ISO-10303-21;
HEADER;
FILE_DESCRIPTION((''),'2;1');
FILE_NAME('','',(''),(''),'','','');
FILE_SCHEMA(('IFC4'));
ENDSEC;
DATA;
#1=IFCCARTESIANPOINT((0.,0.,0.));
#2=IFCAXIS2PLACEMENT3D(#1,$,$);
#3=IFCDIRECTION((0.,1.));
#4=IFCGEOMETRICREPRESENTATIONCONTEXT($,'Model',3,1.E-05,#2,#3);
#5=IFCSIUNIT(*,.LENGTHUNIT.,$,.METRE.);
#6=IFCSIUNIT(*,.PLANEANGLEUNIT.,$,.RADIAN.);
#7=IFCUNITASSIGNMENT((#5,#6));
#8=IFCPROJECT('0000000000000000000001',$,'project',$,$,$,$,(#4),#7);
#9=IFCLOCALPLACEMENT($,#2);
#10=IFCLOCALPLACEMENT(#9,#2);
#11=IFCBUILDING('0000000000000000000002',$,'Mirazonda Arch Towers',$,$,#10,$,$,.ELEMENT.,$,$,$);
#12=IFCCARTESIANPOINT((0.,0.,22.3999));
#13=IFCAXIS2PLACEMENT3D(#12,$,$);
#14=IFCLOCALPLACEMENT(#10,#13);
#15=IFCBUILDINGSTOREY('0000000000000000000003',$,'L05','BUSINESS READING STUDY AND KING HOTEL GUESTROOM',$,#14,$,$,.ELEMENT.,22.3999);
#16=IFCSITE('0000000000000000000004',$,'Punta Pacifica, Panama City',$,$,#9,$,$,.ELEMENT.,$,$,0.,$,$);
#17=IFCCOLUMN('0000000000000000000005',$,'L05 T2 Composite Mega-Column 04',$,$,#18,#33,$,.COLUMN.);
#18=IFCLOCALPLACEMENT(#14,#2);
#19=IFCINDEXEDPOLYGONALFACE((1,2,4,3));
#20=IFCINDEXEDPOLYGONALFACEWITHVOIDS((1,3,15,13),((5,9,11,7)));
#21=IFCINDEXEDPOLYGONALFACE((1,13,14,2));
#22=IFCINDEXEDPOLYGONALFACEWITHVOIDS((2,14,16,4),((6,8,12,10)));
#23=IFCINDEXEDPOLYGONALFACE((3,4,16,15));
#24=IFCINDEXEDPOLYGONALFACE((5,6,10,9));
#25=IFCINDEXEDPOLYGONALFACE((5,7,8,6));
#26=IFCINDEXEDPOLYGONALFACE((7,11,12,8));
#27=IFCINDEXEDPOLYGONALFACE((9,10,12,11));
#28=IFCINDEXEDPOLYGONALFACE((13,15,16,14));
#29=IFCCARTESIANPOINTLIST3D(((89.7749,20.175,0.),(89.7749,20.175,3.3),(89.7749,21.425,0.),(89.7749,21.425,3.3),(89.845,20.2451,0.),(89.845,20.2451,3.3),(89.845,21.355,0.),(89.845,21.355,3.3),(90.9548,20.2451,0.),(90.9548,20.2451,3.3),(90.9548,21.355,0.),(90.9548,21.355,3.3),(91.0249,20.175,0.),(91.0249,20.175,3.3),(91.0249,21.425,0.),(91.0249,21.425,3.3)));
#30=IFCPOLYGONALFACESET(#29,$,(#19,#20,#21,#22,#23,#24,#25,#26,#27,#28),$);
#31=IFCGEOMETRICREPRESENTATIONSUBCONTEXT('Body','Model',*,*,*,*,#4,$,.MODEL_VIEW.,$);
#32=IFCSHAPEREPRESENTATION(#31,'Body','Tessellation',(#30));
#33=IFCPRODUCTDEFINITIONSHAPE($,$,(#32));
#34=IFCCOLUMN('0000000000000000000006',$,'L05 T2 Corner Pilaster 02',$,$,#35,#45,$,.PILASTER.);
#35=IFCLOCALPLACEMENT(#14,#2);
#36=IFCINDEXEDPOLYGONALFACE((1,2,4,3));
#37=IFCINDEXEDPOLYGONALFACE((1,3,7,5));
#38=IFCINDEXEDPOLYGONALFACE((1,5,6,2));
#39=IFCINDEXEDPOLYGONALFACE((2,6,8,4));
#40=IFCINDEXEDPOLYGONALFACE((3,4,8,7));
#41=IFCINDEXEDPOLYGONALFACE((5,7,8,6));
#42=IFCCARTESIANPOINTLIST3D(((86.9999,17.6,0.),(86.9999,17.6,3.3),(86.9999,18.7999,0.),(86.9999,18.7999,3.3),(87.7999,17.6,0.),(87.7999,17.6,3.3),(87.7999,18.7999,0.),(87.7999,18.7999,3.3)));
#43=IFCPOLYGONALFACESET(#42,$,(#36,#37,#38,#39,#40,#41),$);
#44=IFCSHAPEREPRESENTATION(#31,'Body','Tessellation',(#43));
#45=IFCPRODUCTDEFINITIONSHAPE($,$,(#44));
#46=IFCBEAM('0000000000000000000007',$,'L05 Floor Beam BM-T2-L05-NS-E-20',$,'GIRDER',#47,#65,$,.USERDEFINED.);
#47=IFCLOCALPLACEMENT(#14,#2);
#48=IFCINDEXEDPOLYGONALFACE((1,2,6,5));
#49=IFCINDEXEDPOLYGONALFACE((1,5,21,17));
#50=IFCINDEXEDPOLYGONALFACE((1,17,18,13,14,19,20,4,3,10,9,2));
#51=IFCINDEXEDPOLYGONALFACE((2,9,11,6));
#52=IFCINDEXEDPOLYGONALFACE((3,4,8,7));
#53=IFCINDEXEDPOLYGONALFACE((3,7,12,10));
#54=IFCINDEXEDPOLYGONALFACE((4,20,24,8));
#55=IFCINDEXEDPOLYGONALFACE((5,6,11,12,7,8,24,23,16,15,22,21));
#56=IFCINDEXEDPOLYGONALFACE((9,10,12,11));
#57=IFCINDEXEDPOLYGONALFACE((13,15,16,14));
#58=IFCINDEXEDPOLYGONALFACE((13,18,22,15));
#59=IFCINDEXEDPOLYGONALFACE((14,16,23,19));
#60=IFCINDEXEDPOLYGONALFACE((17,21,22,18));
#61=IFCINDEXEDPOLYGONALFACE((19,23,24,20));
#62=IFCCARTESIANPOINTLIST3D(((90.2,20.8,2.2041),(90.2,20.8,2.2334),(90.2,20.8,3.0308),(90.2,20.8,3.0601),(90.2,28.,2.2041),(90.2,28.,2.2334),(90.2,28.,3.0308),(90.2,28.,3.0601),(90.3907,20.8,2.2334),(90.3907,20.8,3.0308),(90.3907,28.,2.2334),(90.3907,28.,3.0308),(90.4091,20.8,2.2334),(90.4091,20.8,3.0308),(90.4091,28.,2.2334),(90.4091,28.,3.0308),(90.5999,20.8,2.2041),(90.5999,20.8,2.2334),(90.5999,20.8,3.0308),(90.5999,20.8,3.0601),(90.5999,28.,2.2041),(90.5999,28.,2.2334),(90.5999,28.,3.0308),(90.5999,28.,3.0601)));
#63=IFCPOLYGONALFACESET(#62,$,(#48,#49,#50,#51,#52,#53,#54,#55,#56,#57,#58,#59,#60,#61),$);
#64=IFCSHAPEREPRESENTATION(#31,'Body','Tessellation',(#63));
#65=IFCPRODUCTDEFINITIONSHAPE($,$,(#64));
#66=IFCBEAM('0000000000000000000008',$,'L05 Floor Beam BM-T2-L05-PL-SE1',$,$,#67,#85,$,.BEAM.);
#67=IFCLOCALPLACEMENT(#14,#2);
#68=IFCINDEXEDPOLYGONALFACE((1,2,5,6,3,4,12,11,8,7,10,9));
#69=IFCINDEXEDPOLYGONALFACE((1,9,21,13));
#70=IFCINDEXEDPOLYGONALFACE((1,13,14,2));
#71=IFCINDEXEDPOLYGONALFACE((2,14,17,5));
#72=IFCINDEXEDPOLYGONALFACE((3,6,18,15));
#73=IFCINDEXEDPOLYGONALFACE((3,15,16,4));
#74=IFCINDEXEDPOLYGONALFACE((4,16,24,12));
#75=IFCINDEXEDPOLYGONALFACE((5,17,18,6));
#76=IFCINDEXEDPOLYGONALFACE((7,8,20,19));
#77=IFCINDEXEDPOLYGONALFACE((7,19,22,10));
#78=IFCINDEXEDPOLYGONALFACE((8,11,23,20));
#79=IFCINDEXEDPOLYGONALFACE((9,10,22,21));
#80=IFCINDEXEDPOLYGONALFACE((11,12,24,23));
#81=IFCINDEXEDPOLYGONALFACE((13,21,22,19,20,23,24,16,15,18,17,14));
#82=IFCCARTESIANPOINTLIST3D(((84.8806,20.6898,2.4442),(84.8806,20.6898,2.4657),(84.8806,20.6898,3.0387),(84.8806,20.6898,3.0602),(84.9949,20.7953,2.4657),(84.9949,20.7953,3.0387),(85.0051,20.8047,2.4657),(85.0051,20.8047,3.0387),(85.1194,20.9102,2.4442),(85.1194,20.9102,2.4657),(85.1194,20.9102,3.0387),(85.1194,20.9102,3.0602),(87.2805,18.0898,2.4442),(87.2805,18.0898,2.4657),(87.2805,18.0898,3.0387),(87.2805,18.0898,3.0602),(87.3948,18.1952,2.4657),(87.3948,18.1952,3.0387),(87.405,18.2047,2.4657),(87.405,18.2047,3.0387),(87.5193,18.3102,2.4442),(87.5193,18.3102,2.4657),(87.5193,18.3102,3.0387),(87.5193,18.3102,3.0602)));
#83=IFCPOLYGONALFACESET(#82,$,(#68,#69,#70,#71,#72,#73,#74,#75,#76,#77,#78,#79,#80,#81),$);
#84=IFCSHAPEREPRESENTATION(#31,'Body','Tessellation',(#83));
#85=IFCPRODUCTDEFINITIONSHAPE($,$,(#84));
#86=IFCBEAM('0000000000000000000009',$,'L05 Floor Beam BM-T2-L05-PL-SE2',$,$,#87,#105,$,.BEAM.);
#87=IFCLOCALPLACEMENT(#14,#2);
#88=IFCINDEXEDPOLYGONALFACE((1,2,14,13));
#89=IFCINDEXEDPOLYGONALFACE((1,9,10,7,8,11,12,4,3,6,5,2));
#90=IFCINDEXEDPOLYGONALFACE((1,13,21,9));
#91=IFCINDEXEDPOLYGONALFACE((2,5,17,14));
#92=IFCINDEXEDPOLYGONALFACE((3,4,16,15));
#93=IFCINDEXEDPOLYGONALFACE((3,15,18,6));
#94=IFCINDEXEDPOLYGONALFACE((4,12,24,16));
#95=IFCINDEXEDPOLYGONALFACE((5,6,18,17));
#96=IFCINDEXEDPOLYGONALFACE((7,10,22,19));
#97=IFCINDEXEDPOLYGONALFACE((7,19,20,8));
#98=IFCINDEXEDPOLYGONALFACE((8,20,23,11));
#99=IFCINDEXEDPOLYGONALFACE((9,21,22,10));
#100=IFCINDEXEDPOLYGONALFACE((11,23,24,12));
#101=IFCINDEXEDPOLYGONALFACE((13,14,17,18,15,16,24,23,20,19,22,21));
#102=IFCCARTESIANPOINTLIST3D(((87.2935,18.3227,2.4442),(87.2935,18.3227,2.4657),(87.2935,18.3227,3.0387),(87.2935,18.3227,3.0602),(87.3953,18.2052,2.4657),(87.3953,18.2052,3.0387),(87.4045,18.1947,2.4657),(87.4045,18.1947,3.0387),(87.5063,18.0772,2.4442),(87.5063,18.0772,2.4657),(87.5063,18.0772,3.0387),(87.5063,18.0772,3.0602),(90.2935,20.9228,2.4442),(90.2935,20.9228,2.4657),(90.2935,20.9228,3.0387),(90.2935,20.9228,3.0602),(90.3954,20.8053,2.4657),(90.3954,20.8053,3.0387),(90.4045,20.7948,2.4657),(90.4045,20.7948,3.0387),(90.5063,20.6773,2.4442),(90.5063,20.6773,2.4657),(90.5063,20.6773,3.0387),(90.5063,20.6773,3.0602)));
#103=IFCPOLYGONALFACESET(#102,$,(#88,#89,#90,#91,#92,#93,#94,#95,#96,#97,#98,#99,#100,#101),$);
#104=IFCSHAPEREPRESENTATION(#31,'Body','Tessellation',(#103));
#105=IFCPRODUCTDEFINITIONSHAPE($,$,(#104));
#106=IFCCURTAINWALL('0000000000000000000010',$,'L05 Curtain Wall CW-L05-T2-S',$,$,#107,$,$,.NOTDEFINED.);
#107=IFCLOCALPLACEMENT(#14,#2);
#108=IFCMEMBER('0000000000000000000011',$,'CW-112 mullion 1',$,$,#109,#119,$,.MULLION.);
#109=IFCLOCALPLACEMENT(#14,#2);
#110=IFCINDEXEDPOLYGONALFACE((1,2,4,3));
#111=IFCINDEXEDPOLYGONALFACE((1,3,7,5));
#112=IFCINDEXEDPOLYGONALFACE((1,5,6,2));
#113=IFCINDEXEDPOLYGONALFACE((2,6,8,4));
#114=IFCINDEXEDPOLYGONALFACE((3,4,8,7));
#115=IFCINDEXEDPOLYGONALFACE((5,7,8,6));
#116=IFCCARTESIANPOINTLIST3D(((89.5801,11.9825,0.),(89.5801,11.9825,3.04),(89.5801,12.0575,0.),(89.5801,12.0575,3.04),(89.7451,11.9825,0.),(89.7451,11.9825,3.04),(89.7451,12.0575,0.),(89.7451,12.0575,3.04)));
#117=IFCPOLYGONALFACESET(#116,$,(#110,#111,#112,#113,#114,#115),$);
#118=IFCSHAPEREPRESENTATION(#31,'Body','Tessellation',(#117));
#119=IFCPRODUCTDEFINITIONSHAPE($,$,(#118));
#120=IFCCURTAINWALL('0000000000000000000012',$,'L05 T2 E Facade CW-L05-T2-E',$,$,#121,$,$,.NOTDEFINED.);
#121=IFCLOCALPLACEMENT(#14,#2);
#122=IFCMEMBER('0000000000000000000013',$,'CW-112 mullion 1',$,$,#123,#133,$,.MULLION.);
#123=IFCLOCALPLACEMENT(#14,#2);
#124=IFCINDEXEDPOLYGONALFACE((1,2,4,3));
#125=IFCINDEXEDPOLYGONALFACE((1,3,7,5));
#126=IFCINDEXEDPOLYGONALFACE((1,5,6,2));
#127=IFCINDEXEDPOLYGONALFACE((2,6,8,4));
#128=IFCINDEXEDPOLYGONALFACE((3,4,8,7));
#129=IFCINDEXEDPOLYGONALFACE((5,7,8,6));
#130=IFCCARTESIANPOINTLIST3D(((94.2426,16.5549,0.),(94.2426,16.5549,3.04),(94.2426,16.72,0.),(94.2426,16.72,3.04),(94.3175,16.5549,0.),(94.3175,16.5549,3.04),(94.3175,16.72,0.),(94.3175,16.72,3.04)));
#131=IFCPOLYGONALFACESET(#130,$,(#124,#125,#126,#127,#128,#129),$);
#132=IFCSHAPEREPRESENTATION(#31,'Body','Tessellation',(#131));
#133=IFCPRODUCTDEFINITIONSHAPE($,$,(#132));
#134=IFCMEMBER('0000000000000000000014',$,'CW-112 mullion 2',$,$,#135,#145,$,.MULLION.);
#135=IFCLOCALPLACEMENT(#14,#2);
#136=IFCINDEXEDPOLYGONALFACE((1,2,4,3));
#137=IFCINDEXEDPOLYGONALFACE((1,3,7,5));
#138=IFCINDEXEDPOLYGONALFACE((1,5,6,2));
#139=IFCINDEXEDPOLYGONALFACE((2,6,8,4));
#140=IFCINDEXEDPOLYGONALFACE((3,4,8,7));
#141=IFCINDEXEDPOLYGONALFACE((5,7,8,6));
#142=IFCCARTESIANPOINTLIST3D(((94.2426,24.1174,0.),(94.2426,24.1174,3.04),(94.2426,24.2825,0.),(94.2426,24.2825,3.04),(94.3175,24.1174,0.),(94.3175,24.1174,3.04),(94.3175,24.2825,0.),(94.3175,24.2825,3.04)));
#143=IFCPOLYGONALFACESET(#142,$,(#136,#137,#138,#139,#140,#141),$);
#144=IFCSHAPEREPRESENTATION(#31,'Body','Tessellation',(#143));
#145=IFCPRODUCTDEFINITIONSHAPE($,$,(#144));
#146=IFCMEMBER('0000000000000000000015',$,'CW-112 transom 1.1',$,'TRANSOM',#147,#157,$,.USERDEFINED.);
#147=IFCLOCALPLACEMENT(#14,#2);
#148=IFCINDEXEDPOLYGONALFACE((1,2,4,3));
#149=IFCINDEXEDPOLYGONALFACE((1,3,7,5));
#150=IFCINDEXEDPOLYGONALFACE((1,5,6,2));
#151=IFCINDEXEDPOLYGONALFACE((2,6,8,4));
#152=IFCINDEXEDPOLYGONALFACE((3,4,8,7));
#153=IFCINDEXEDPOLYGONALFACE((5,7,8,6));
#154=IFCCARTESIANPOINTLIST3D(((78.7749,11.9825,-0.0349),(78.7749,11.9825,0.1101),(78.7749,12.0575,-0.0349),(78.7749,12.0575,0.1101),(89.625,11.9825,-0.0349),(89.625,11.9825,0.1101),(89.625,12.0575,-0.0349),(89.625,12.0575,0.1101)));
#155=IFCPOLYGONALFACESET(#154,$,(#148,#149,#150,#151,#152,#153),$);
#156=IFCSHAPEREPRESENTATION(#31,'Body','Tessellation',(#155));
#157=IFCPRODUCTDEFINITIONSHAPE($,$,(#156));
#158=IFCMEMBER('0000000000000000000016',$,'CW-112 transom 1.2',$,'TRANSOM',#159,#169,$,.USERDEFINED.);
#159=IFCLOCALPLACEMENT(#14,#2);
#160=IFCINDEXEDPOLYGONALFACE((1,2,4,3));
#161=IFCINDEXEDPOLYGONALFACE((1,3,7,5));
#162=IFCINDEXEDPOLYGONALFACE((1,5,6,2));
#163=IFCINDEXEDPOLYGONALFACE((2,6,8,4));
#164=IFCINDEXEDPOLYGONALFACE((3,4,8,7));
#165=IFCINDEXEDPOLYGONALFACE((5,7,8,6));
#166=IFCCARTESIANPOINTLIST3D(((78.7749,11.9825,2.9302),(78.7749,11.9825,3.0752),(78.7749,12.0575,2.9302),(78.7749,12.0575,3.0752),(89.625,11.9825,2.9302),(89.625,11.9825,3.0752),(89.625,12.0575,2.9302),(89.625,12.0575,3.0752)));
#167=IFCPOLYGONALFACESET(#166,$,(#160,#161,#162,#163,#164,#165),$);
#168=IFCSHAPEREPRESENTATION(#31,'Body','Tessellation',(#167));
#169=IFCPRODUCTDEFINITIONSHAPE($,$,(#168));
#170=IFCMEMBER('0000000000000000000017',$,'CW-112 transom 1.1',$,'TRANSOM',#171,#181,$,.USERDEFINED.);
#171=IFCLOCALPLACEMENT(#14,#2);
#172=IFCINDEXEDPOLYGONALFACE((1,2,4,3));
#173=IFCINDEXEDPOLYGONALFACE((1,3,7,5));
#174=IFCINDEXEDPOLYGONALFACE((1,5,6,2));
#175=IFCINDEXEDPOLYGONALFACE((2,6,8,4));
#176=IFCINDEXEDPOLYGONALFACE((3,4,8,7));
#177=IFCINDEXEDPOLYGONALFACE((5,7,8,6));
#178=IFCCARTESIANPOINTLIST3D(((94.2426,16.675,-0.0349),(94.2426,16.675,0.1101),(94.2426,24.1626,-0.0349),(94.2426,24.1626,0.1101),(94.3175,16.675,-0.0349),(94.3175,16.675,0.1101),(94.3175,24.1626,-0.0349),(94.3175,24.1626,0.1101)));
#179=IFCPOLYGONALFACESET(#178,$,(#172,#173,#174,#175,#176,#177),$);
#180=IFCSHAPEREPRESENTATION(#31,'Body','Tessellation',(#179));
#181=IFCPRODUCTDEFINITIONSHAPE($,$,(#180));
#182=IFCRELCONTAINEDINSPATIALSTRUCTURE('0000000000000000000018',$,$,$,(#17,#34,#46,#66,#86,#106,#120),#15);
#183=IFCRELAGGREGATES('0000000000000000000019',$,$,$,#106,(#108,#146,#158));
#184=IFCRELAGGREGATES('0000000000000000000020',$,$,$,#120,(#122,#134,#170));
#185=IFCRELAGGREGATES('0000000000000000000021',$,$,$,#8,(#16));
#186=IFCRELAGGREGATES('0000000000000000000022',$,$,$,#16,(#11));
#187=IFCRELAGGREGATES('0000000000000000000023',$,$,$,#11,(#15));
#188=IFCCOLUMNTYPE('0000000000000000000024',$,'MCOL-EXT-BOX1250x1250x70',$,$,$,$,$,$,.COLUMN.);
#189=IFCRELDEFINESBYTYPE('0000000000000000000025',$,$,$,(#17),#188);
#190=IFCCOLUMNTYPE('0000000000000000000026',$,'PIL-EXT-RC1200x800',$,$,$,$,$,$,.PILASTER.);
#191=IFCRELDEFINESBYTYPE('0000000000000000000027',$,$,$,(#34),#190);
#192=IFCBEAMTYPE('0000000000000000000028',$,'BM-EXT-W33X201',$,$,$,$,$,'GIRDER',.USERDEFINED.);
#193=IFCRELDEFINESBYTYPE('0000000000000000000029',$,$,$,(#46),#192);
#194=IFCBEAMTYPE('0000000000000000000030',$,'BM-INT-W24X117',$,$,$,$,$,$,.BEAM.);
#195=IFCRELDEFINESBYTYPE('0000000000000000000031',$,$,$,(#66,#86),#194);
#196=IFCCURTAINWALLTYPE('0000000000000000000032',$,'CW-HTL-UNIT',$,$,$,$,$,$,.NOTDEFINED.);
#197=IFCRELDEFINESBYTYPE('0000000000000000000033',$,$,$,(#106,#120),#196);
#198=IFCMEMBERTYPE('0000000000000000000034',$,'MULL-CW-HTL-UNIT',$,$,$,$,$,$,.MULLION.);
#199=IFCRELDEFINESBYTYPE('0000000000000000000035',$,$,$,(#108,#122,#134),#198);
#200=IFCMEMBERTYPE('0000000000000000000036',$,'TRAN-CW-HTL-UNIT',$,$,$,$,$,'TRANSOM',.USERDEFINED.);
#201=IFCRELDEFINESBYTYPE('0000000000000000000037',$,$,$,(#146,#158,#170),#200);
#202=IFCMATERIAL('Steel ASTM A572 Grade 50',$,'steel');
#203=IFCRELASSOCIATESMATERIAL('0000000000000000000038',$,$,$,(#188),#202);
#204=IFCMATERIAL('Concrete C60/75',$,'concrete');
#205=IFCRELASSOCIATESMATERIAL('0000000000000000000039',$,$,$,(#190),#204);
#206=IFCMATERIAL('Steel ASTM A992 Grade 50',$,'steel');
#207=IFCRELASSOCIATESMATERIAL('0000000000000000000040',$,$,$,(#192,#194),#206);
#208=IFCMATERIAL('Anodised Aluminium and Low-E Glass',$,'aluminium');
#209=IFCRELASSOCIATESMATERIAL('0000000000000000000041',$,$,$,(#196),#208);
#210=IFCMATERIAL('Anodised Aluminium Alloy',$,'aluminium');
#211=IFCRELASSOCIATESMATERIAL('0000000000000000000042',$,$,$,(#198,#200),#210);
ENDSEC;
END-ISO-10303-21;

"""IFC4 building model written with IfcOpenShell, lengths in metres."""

from ifc_helpers import new_model, si_unit, direction, frame, origin, origin_2d, place, context, subcontext, project, spatial, rectangle, hollow_rectangle, i_section, extrude, material, material_profile, profile_set, type_object, element, aggregate, save


model = new_model("IFC4")

# Units and contexts
model_context = context("Model", 3, precision=1e-05, world=origin(), true_north=direction((0.0, 1.0)))
body_context = subcontext(model_context, "Body", "Model", "MODEL_VIEW")
ifc_project = project(units=[si_unit("LENGTHUNIT", "METRE"), si_unit("PLANEANGLEUNIT", "RADIAN")], contexts=[model_context])

# Site, building, storey
site_placement = place(None, origin())
site = spatial("IfcSite", under=ifc_project, at=site_placement, Name="Punta Pacifica, Panama City", CompositionType="ELEMENT", RefElevation=0.0)
building_placement = place(site_placement, origin())
building = spatial("IfcBuilding", under=site, at=building_placement, Name="Mirazonda Arch Towers", CompositionType="ELEMENT")
storey_placement = place(building_placement, frame((0.0, 0.0, 22.3999)))
storey = spatial("IfcBuildingStorey", under=building, at=storey_placement, Name="L05", Description="BUSINESS READING STUDY AND KING HOTEL GUESTROOM", CompositionType="ELEMENT", Elevation=22.3999)

# Columns
ifc_material_1 = material(Name="Steel ASTM A572 Grade 50", Category="steel")
ifc_material_profile_1 = material_profile(ifc_material_1, hollow_rectangle(XDim=1.25, YDim=1.25, WallThickness=0.0701, at=origin_2d()), Name="BOX1250x1250x70")
ifc_profile_set_1 = profile_set([ifc_material_profile_1], Name="Steel ASTM A572 Grade 50")
column_type_1 = type_object("IfcColumnType", Name="MCOL-EXT-BOX1250x1250x70", PredefinedType="COLUMN", material=ifc_profile_set_1)
column_1_placement = place(storey_placement, frame((90.3999, 20.8, 0.0), z_axis=(0.0, 0.0, 1.0), x_axis=(1.0, 0.0, 0.0)))
element("IfcColumn", 1, at=column_1_placement, inside=storey, type_object=column_type_1, Name="L05 T2 Composite Mega-Column 04", PredefinedType="COLUMN", context=body_context, shape_type="SweptSolid", body=[
    extrude(hollow_rectangle(XDim=1.25, YDim=1.25, WallThickness=0.0701, at=origin_2d()), origin(), (0.0, 0.0, 1.0), 3.3),
])
ifc_material_2 = material(Name="Concrete C60/75", Category="concrete")
ifc_material_profile_2 = material_profile(ifc_material_2, rectangle(XDim=0.8, YDim=1.2, at=origin_2d()), Name="RC1200x800")
ifc_profile_set_2 = profile_set([ifc_material_profile_2], Name="Concrete C60/75")
column_type_2 = type_object("IfcColumnType", Name="PIL-EXT-RC1200x800", PredefinedType="PILASTER", material=ifc_profile_set_2)
column_2_placement = place(storey_placement, frame((87.3999, 18.2, 0.0), z_axis=(0.0, 0.0, 1.0), x_axis=(1.0, 0.0, 0.0)))
element("IfcColumn", 2, at=column_2_placement, inside=storey, type_object=column_type_2, Name="L05 T2 Corner Pilaster 02", PredefinedType="PILASTER", context=body_context, shape_type="SweptSolid", body=[
    extrude(rectangle(XDim=0.8, YDim=1.2, at=origin_2d()), origin(), (0.0, 0.0, 1.0), 3.3),
])

# Beams
ifc_material_3 = material(Name="Steel ASTM A992 Grade 50", Category="steel")
ifc_material_profile_3 = material_profile(ifc_material_3, i_section(OverallWidth=0.3999, OverallDepth=0.856, WebThickness=0.0183, FlangeThickness=0.0293, at=origin_2d()), Name="W33X201")
ifc_profile_set_3 = profile_set([ifc_material_profile_3], Name="Steel ASTM A992 Grade 50")
beam_type_1 = type_object("IfcBeamType", Name="BM-EXT-W33X201", ElementType="GIRDER", PredefinedType="USERDEFINED", material=ifc_profile_set_3)
beam_1_placement = place(storey_placement, frame((90.3999, 20.8, 2.6321), z_axis=(0.0, 1.0, 0.0), x_axis=(-1.0, 0.0, 0.0)))
element("IfcBeam", 3, at=beam_1_placement, inside=storey, type_object=beam_type_1, Name="L05 Floor Beam BM-T2-L05-NS-E-20", ObjectType="GIRDER", PredefinedType="USERDEFINED", context=body_context, shape_type="SweptSolid", body=[
    extrude(i_section(OverallWidth=0.3999, OverallDepth=0.856, WebThickness=0.0183, FlangeThickness=0.0293, at=origin_2d()), origin(), (0.0, 0.0, 1.0), 7.2),
])
ifc_material_profile_4 = material_profile(ifc_material_3, i_section(OverallWidth=0.325, OverallDepth=0.616, WebThickness=0.0139, FlangeThickness=0.0215, at=origin_2d()), Name="W24X117")
ifc_profile_set_4 = profile_set([ifc_material_profile_4], Name="Steel ASTM A992 Grade 50")
beam_type_2 = type_object("IfcBeamType", Name="BM-INT-W24X117", PredefinedType="BEAM", material=ifc_profile_set_4)
beam_2_placement = place(storey_placement, frame((87.3999, 18.2, 2.7522), z_axis=(-0.678251, 0.73483, 0.0), x_axis=(-0.73483, -0.678251, 0.0)))
element("IfcBeam", 4, at=beam_2_placement, inside=storey, type_object=beam_type_2, Name="L05 Floor Beam BM-T2-L05-PL-SE1", PredefinedType="BEAM", context=body_context, shape_type="SweptSolid", body=[
    extrude(i_section(OverallWidth=0.325, OverallDepth=0.616, WebThickness=0.0139, FlangeThickness=0.0215, at=origin_2d()), origin(), (0.0, 0.0, 1.0), 3.5383),
])
beam_3_placement = place(storey_placement, frame((87.3999, 18.2, 2.7522), z_axis=(0.755677, 0.654945, 0.0), x_axis=(-0.654945, 0.755677, 0.0)))
element("IfcBeam", 5, at=beam_3_placement, inside=storey, type_object=beam_type_2, Name="L05 Floor Beam BM-T2-L05-PL-SE2", PredefinedType="BEAM", context=body_context, shape_type="SweptSolid", body=[
    extrude(i_section(OverallWidth=0.325, OverallDepth=0.616, WebThickness=0.0139, FlangeThickness=0.0215, at=origin_2d()), origin(), (0.0, 0.0, 1.0), 3.97),
])

# Curtain wall, member
ifc_material_4 = material(Name="Anodised Aluminium and Low-E Glass", Category="aluminium")
curtain_wall_type = type_object("IfcCurtainWallType", Name="CW-HTL-UNIT", PredefinedType="NOTDEFINED", material=ifc_material_4)
curtain_wall_1_placement = place(storey_placement, origin())
curtain_wall_1 = element("IfcCurtainWall", 6, at=curtain_wall_1_placement, inside=storey, type_object=curtain_wall_type, Name="L05 Curtain Wall CW-L05-T2-S", PredefinedType="NOTDEFINED")
ifc_material_5 = material(Name="Anodised Aluminium Alloy", Category="aluminium")
ifc_material_profile_5 = material_profile(ifc_material_5, rectangle(XDim=0.075, YDim=0.165, at=origin_2d()), Name="ALU-MULL-75x165")
ifc_profile_set_5 = profile_set([ifc_material_profile_5], Name="Anodised Aluminium Alloy")
member_type_1 = type_object("IfcMemberType", Name="MULL-CW-HTL-UNIT", PredefinedType="MULLION", material=ifc_profile_set_5)
member_1_placement = place(storey_placement, frame((89.6626, 12.02, 0.0), z_axis=(0.0, 0.0, 1.0), x_axis=(0.0, -1.0, 0.0)))
member_1 = element("IfcMember", 7, at=member_1_placement, type_object=member_type_1, Name="CW-112 mullion 1", PredefinedType="MULLION", context=body_context, shape_type="SweptSolid", body=[
    extrude(rectangle(XDim=0.075, YDim=0.165, at=origin_2d()), origin(), (0.0, 0.0, 1.0), 3.04),
])

# Curtain wall, members
curtain_wall_2_placement = place(storey_placement, origin())
curtain_wall_2 = element("IfcCurtainWall", 8, at=curtain_wall_2_placement, inside=storey, type_object=curtain_wall_type, Name="L05 T2 E Facade CW-L05-T2-E", PredefinedType="NOTDEFINED")
member_2_placement = place(storey_placement, frame((94.28, 16.6375, 0.0), z_axis=(0.0, 0.0, 1.0), x_axis=(-1.0, 0.0, 0.0)))
member_2 = element("IfcMember", 9, at=member_2_placement, type_object=member_type_1, Name="CW-112 mullion 1", PredefinedType="MULLION", context=body_context, shape_type="SweptSolid", body=[
    extrude(rectangle(XDim=0.075, YDim=0.165, at=origin_2d()), origin(), (0.0, 0.0, 1.0), 3.04),
])
member_3_placement = place(storey_placement, frame((94.28, 24.2, 0.0), z_axis=(0.0, 0.0, 1.0), x_axis=(-1.0, 0.0, 0.0)))
member_3 = element("IfcMember", 10, at=member_3_placement, type_object=member_type_1, Name="CW-112 mullion 2", PredefinedType="MULLION", context=body_context, shape_type="SweptSolid", body=[
    extrude(rectangle(XDim=0.075, YDim=0.165, at=origin_2d()), origin(), (0.0, 0.0, 1.0), 3.04),
])

# Members
ifc_material_profile_6 = material_profile(ifc_material_5, rectangle(XDim=0.075, YDim=0.145, at=origin_2d()), Name="ALU-TRAN-75x145")
ifc_profile_set_6 = profile_set([ifc_material_profile_6], Name="Anodised Aluminium Alloy")
member_type_2 = type_object("IfcMemberType", Name="TRAN-CW-HTL-UNIT", ElementType="TRANSOM", PredefinedType="USERDEFINED", material=ifc_profile_set_6)
member_4_placement = place(storey_placement, frame((89.625, 12.02, 0.0376), z_axis=(-1.0, 0.0, 0.0), x_axis=(0.0, -1.0, 0.0)))
member_4 = element("IfcMember", 11, at=member_4_placement, type_object=member_type_2, Name="CW-112 transom 1.1", ObjectType="TRANSOM", PredefinedType="USERDEFINED", context=body_context, shape_type="SweptSolid", body=[
    extrude(rectangle(XDim=0.075, YDim=0.145, at=origin_2d()), origin(), (0.0, 0.0, 1.0), 10.8501),
])
member_5_placement = place(storey_placement, frame((89.625, 12.02, 3.0027), z_axis=(-1.0, 0.0, 0.0), x_axis=(0.0, -1.0, 0.0)))
member_5 = element("IfcMember", 12, at=member_5_placement, type_object=member_type_2, Name="CW-112 transom 1.2", ObjectType="TRANSOM", PredefinedType="USERDEFINED", context=body_context, shape_type="SweptSolid", body=[
    extrude(rectangle(XDim=0.075, YDim=0.145, at=origin_2d()), origin(), (0.0, 0.0, 1.0), 10.8501),
])
aggregate(curtain_wall_1, [member_1, member_4, member_5])
member_6_placement = place(storey_placement, frame((94.28, 16.675, 0.0376), z_axis=(0.0, 1.0, 0.0), x_axis=(-1.0, 0.0, 0.0)))
member_6 = element("IfcMember", 13, at=member_6_placement, type_object=member_type_2, Name="CW-112 transom 1.1", ObjectType="TRANSOM", PredefinedType="USERDEFINED", context=body_context, shape_type="SweptSolid", body=[
    extrude(rectangle(XDim=0.075, YDim=0.145, at=origin_2d()), origin(), (0.0, 0.0, 1.0), 7.4875),
])

aggregate(curtain_wall_2, [member_2, member_3, member_6])

save(model, "model.ifc")
